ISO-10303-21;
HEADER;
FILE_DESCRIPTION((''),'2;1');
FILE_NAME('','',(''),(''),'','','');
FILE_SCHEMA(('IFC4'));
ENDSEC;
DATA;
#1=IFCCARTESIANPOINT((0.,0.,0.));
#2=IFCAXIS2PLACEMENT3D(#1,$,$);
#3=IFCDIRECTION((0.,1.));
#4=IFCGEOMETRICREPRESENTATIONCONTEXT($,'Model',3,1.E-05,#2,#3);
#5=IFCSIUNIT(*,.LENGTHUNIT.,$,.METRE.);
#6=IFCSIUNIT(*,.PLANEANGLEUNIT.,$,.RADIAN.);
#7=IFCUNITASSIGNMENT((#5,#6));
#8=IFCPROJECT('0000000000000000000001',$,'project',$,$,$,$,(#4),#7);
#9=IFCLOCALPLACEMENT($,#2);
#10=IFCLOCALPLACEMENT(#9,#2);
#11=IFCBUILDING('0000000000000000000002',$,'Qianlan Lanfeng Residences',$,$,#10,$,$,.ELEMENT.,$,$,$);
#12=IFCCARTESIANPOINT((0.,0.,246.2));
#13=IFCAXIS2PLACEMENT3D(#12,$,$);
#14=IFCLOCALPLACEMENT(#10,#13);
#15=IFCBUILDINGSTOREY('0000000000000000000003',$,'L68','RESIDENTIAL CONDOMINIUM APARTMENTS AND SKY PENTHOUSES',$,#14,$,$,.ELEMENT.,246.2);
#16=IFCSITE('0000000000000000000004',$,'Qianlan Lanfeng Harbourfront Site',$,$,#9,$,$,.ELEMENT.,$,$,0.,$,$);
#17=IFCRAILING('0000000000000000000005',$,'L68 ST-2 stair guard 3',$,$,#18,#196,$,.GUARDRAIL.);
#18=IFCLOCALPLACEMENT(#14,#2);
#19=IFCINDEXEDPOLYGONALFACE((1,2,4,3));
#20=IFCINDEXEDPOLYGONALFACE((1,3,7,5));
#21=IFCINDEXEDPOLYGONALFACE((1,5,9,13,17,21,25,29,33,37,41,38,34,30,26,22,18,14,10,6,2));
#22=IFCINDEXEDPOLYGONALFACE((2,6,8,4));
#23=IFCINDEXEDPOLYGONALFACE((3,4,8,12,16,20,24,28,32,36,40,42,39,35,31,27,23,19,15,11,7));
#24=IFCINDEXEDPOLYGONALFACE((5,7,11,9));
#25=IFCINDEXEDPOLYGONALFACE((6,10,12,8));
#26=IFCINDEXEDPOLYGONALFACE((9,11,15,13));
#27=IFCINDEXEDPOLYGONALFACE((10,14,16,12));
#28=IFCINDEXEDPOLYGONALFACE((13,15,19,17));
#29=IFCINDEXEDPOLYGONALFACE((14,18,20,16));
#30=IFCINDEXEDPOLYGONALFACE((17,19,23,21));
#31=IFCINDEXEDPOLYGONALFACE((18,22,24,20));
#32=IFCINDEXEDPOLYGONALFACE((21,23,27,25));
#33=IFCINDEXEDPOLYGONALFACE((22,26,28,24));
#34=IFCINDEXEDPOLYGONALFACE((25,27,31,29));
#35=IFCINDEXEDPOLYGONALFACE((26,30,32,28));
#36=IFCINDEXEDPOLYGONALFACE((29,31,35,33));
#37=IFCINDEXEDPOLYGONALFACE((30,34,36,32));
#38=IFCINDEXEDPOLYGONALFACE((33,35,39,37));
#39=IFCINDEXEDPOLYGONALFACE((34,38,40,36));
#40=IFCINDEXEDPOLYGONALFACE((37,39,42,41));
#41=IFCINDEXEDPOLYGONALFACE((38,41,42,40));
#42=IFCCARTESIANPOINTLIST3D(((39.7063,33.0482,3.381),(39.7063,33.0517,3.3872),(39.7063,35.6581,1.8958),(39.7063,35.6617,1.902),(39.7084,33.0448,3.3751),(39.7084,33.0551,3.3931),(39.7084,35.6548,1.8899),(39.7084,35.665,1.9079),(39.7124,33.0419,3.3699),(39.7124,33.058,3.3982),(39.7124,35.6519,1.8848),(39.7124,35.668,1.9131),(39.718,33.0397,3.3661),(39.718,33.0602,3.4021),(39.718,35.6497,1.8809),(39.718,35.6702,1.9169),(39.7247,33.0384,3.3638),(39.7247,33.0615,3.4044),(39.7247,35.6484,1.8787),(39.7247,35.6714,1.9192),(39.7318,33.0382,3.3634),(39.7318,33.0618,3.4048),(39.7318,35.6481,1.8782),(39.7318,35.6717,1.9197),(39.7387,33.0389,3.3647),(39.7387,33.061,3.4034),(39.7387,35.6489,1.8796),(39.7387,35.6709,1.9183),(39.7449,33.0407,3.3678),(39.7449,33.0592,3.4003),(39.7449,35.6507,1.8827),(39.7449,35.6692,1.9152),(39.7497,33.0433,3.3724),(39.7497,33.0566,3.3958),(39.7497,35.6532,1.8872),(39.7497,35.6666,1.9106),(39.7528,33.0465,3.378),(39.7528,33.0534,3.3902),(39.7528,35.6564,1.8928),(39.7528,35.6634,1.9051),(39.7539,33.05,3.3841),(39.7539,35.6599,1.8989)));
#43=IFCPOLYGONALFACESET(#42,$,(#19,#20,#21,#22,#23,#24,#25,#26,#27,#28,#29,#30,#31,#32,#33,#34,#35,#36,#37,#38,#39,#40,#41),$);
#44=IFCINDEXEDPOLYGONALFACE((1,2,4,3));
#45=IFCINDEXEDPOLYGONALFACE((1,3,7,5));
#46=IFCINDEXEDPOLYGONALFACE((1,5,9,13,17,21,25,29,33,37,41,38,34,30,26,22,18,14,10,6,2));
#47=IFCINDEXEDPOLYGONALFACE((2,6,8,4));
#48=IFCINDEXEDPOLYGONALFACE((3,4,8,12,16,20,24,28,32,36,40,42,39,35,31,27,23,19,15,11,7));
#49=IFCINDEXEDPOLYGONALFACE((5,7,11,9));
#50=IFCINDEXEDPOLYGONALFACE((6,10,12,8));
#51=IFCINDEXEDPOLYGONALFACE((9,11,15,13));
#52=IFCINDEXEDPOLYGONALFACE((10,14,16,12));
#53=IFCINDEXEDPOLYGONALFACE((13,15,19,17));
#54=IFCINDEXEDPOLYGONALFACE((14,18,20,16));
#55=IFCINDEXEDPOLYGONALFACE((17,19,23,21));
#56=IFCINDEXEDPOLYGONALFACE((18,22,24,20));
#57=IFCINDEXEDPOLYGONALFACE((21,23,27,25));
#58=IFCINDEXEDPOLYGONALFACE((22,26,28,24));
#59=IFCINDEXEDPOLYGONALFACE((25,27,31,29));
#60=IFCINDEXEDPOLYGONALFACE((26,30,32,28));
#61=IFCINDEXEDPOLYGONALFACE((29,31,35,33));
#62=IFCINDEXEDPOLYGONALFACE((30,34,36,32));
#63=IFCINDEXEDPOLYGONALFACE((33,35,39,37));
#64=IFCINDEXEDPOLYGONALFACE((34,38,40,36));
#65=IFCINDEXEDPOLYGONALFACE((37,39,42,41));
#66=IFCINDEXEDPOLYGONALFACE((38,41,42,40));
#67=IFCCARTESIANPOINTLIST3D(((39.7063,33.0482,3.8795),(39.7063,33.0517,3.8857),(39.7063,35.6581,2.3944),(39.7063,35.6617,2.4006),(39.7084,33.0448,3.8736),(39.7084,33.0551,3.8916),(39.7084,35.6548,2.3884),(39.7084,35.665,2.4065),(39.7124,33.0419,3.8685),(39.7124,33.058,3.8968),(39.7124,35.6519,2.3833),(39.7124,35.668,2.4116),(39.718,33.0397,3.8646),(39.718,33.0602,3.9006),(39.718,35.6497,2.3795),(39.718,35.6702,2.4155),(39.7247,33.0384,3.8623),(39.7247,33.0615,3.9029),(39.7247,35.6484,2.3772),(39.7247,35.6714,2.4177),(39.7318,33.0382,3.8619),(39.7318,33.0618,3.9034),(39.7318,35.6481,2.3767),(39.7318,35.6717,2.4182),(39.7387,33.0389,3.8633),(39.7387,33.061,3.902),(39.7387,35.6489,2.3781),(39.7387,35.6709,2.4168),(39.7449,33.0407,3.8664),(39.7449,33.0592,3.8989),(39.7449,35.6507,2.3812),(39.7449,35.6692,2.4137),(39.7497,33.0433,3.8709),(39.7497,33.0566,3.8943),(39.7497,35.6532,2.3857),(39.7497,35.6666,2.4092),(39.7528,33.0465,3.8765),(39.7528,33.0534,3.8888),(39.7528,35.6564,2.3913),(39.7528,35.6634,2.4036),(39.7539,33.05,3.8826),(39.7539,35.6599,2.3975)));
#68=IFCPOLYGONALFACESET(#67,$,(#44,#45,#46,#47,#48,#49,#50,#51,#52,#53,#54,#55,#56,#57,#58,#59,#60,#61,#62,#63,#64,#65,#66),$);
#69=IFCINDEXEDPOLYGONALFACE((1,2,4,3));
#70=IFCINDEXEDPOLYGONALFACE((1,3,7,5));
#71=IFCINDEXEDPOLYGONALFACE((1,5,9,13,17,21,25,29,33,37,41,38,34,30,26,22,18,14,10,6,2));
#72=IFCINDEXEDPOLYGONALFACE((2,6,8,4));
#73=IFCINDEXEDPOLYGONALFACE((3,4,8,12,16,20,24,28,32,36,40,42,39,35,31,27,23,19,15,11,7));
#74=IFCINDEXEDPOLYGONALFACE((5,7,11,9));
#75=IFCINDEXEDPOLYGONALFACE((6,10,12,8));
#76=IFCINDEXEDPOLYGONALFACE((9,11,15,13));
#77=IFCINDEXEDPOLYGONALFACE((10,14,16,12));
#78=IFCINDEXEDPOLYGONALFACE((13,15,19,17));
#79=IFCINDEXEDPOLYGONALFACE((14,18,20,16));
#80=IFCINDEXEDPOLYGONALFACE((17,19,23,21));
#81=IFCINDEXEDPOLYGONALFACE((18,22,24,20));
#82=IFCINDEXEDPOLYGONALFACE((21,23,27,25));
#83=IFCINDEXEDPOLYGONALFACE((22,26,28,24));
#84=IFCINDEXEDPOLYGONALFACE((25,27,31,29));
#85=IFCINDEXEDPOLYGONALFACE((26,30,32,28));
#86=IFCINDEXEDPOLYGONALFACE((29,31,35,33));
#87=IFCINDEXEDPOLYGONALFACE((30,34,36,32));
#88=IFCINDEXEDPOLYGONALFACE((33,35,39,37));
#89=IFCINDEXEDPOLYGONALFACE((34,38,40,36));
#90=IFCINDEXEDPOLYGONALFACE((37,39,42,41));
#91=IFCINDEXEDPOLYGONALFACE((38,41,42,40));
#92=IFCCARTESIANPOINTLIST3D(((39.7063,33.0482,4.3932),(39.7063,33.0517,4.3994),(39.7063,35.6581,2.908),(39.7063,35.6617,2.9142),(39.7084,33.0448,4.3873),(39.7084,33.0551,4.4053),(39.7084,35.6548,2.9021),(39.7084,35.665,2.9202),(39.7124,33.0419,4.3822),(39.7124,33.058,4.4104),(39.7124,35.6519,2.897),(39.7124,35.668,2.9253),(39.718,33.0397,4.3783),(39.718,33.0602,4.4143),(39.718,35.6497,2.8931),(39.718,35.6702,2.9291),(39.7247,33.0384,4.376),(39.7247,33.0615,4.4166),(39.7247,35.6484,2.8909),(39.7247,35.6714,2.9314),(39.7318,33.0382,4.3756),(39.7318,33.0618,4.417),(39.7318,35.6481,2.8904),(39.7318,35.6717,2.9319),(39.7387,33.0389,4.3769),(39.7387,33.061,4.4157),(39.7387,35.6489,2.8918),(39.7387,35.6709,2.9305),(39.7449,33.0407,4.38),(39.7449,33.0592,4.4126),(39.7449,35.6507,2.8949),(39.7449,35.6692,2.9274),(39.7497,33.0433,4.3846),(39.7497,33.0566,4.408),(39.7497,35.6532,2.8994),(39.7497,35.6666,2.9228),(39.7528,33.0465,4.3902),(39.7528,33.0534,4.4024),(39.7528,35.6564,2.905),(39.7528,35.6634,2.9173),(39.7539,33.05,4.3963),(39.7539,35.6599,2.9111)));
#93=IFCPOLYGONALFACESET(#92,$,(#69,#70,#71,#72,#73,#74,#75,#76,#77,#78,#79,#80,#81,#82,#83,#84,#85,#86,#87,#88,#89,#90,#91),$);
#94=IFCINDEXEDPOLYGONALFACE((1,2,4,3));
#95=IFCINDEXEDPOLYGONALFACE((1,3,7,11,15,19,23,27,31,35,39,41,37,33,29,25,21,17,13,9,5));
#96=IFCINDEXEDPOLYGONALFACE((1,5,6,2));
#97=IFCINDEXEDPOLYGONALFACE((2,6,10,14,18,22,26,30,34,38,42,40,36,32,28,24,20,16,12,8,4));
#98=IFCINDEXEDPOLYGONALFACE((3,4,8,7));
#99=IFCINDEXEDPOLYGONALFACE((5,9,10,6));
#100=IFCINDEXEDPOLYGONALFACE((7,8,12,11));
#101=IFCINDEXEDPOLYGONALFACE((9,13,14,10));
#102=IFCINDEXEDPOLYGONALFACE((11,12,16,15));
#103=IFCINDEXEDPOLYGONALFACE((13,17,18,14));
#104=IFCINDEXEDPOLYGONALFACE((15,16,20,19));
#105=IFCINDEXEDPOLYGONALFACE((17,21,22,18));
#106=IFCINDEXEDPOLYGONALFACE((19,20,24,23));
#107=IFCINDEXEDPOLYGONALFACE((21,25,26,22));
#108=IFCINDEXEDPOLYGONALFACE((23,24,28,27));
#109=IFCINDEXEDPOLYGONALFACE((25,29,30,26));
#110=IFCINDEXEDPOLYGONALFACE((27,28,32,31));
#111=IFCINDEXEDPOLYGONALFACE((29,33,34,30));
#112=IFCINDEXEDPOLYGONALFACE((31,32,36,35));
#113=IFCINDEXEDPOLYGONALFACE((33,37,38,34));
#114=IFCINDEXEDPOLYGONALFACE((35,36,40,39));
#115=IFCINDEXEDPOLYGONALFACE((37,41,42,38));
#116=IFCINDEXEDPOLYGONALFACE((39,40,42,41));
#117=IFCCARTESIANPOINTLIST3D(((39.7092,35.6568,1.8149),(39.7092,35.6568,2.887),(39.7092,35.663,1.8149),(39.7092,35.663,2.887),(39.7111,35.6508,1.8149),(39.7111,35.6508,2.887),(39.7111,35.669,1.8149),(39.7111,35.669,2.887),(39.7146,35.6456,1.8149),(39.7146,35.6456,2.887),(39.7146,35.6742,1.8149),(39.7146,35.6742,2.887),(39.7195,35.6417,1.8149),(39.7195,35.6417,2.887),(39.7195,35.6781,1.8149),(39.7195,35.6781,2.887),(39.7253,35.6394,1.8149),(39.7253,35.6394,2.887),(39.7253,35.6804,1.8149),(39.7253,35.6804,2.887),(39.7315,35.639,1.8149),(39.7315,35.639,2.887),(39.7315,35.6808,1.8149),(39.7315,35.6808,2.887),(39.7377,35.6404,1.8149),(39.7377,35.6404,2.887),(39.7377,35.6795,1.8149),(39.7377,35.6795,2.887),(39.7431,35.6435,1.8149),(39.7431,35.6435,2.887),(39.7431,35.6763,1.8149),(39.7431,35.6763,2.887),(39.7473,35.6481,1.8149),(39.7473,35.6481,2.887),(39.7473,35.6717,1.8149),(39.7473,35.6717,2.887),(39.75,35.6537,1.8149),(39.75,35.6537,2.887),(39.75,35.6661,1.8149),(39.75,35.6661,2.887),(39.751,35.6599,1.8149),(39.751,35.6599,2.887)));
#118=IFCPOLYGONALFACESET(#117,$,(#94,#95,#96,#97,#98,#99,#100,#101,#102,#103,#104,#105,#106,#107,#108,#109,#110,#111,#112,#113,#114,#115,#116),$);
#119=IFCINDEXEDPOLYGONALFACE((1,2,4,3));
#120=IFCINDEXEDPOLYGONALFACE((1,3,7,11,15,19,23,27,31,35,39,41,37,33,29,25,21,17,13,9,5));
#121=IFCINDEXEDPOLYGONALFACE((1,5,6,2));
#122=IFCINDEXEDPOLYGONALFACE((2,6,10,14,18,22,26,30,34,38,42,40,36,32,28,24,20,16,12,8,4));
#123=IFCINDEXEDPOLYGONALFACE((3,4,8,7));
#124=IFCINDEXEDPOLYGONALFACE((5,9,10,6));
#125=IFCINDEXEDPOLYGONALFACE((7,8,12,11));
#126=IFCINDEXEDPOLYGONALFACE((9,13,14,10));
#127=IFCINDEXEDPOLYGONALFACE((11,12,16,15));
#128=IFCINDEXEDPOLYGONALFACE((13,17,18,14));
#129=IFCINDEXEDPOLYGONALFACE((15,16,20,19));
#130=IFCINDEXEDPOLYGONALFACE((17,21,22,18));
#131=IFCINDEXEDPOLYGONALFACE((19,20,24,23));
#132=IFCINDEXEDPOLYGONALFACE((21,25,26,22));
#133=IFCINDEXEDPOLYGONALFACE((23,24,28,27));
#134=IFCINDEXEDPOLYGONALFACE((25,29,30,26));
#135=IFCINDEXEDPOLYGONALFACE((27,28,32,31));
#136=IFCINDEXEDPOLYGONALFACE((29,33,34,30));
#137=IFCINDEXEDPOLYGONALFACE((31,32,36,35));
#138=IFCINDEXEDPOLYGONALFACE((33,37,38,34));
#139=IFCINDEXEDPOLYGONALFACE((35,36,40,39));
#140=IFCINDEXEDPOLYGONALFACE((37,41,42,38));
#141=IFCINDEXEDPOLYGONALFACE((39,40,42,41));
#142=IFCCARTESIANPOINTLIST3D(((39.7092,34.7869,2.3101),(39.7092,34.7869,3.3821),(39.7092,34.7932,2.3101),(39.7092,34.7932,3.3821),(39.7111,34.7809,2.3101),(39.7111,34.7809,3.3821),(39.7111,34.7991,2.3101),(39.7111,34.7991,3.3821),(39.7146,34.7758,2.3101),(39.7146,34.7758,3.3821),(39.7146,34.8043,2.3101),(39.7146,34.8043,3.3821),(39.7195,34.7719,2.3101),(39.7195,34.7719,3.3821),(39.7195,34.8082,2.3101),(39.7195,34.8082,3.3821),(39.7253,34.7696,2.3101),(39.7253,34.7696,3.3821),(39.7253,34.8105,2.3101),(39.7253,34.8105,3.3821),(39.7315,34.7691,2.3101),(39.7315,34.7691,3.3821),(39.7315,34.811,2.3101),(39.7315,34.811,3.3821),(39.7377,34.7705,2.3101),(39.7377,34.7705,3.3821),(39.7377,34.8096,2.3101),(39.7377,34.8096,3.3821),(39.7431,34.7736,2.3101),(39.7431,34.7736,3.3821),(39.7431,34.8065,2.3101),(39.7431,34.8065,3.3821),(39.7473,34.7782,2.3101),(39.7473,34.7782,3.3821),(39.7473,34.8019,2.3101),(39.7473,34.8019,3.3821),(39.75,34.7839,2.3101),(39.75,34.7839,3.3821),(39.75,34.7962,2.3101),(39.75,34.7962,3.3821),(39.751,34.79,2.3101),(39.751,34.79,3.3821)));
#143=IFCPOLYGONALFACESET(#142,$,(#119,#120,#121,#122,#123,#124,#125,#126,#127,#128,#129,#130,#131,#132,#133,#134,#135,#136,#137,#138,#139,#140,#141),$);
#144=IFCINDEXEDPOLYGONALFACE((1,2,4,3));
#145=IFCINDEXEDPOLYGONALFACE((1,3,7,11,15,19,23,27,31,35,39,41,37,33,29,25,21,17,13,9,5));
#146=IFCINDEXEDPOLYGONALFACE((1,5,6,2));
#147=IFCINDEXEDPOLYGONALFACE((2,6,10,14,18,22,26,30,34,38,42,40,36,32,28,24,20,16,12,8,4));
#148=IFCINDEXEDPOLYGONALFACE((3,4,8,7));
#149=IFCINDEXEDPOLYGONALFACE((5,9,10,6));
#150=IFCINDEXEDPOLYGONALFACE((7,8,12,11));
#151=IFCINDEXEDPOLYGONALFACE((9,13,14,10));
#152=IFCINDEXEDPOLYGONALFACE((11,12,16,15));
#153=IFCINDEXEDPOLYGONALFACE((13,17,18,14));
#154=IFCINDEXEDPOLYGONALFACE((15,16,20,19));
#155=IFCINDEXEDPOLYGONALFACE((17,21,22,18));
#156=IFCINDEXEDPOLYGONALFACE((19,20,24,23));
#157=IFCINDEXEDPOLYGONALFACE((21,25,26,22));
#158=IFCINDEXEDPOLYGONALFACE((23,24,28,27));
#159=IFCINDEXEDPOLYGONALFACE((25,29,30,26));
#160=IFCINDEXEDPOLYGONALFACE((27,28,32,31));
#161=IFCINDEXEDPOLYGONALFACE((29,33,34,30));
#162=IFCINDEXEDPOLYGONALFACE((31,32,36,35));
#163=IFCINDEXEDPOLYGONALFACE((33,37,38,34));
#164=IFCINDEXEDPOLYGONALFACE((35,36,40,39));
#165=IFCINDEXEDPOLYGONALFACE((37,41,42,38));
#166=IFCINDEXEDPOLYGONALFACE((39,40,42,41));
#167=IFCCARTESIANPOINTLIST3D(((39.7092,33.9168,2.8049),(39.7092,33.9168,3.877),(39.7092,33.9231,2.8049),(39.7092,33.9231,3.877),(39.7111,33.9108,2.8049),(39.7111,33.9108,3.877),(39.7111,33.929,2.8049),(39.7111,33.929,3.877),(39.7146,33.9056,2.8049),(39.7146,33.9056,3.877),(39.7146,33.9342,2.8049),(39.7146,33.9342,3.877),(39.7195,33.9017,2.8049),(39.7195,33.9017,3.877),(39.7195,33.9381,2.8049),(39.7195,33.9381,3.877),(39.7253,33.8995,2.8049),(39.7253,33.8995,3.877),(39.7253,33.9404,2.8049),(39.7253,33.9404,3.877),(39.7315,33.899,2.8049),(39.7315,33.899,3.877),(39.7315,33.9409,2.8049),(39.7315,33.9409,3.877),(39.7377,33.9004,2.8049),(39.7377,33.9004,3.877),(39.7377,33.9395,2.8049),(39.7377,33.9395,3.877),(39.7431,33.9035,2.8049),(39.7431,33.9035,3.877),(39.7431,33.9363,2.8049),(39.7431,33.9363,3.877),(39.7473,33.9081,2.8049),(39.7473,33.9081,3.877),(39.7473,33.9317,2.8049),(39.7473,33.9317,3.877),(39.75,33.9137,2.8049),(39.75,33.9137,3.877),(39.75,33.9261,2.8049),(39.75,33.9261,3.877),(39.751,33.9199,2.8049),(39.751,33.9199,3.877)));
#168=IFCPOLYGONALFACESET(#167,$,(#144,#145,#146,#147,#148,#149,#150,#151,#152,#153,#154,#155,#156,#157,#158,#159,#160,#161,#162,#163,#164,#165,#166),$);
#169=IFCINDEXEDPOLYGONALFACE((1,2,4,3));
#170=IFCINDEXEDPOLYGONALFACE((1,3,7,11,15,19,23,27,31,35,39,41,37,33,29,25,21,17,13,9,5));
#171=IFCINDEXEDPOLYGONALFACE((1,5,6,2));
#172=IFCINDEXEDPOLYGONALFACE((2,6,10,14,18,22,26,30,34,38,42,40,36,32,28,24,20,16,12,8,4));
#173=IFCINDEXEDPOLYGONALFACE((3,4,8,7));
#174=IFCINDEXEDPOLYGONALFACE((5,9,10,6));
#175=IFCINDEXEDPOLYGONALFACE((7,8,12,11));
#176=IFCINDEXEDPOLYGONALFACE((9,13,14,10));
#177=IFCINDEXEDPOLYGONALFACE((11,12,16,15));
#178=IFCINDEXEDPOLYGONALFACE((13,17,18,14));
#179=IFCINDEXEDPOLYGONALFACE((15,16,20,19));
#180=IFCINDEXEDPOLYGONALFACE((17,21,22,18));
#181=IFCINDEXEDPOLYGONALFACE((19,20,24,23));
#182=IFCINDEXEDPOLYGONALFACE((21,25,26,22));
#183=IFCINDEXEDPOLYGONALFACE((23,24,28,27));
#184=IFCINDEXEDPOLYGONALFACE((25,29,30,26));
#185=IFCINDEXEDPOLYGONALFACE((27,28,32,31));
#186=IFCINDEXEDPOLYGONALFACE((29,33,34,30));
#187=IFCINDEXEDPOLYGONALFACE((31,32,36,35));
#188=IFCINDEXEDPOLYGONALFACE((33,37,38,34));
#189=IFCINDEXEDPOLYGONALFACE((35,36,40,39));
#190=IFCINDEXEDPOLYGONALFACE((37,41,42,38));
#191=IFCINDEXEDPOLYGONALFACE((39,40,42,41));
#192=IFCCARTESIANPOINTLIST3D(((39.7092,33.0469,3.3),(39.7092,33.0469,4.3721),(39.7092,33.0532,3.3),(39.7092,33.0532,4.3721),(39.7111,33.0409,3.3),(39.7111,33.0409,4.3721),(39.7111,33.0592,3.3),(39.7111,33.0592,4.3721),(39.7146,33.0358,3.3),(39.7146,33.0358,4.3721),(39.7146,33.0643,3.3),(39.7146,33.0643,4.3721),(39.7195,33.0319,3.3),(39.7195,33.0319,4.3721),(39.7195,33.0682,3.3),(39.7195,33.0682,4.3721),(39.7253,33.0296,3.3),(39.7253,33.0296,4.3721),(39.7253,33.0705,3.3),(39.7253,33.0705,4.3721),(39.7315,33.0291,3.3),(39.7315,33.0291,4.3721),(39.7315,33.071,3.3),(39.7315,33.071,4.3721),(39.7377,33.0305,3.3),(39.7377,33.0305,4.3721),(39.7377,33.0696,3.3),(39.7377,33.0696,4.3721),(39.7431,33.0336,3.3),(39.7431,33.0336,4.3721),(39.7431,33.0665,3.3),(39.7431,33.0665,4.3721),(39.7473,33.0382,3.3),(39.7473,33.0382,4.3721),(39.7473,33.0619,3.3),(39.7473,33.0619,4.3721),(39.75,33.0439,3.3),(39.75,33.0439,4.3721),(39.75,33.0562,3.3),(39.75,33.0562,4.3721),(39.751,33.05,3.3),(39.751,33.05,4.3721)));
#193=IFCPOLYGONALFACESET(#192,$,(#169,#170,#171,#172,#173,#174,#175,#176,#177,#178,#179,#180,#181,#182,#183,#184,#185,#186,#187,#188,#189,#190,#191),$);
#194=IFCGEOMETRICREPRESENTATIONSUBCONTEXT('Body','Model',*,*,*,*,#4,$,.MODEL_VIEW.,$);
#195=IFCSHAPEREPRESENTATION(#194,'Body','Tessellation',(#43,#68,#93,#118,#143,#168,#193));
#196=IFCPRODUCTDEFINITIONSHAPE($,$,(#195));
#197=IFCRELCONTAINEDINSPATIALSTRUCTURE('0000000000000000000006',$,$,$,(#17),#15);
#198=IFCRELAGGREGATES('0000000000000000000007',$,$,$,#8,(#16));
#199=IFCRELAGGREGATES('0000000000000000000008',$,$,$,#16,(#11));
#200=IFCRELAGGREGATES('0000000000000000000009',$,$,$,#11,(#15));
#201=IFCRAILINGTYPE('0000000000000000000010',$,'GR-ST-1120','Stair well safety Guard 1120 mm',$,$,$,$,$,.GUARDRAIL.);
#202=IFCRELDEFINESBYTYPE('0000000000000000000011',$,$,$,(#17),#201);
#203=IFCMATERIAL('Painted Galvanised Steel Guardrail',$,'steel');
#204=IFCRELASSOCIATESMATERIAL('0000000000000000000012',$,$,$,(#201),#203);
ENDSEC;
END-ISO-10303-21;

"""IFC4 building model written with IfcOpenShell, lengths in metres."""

from ifc_helpers import new_model, si_unit, direction, frame, origin, origin_2d, place, context, subcontext, project, spatial, circle, extrude, material, type_object, element, save


model = new_model("IFC4")

# Units and contexts
model_context = context("Model", 3, precision=1e-05, world=origin(), true_north=direction((0.0, 1.0)))
body_context = subcontext(model_context, "Body", "Model", "MODEL_VIEW")
ifc_project = project(units=[si_unit("LENGTHUNIT", "METRE"), si_unit("PLANEANGLEUNIT", "RADIAN")], contexts=[model_context])

# Site, building, storey
site_placement = place(None, origin())
site = spatial("IfcSite", under=ifc_project, at=site_placement, Name="Qianlan Lanfeng Harbourfront Site", CompositionType="ELEMENT", RefElevation=0.0)
building_placement = place(site_placement, origin())
building = spatial("IfcBuilding", under=site, at=building_placement, Name="Qianlan Lanfeng Residences", CompositionType="ELEMENT")
storey_placement = place(building_placement, frame((0.0, 0.0, 246.2)))
storey = spatial("IfcBuildingStorey", under=building, at=storey_placement, Name="L68", Description="RESIDENTIAL CONDOMINIUM APARTMENTS AND SKY PENTHOUSES", CompositionType="ELEMENT", Elevation=246.2)

# Railing
ifc_material_1 = material(Name="Painted Galvanised Steel Guardrail", Category="steel")
railing_type_1 = type_object("IfcRailingType", Name="GR-ST-1120", Description="Stair well safety Guard 1120 mm", PredefinedType="GUARDRAIL", material=ifc_material_1)
railing_1_placement = place(storey_placement, frame((39.73, 35.6599, 1.8149)))
element("IfcRailing", 1, at=railing_1_placement, inside=storey, type_object=railing_type_1, Name="L68 ST-2 stair guard 3", PredefinedType="GUARDRAIL", context=body_context, shape_type="SweptSolid", body=[
    extrude(circle(Radius=0.0239, at=origin_2d()), frame((0.0, 0.0, 0.084), z_axis=(0.0, -0.869137, 0.494571), x_axis=(1.0, 0.0, 0.0)), (0.0, 0.0, 1.0), 3.0029),
    extrude(circle(Radius=0.0239, at=origin_2d()), frame((0.0, 0.0, 0.5825), z_axis=(0.0, -0.869137, 0.494571), x_axis=(1.0, 0.0, 0.0)), (0.0, 0.0, 1.0), 3.0029),
    extrude(circle(Radius=0.0239, at=origin_2d()), frame((0.0, 0.0, 1.0962), z_axis=(0.0, -0.869137, 0.494571), x_axis=(1.0, 0.0, 0.0)), (0.0, 0.0, 1.0), 3.0029),
    extrude(circle(Radius=0.021, at=origin_2d()), origin(), (0.0, 0.0, 1.0), 1.072),
    extrude(circle(Radius=0.021, at=origin_2d()), frame((0.0, -0.8699, 0.4951)), (0.0, 0.0, 1.0), 1.072),
    extrude(circle(Radius=0.021, at=origin_2d()), frame((0.0, -1.74, 0.99)), (0.0, 0.0, 1.0), 1.072),
    extrude(circle(Radius=0.021, at=origin_2d()), frame((0.0, -2.6099, 1.4851)), (0.0, 0.0, 1.0), 1.072),
])

save(model, "model.ifc")
